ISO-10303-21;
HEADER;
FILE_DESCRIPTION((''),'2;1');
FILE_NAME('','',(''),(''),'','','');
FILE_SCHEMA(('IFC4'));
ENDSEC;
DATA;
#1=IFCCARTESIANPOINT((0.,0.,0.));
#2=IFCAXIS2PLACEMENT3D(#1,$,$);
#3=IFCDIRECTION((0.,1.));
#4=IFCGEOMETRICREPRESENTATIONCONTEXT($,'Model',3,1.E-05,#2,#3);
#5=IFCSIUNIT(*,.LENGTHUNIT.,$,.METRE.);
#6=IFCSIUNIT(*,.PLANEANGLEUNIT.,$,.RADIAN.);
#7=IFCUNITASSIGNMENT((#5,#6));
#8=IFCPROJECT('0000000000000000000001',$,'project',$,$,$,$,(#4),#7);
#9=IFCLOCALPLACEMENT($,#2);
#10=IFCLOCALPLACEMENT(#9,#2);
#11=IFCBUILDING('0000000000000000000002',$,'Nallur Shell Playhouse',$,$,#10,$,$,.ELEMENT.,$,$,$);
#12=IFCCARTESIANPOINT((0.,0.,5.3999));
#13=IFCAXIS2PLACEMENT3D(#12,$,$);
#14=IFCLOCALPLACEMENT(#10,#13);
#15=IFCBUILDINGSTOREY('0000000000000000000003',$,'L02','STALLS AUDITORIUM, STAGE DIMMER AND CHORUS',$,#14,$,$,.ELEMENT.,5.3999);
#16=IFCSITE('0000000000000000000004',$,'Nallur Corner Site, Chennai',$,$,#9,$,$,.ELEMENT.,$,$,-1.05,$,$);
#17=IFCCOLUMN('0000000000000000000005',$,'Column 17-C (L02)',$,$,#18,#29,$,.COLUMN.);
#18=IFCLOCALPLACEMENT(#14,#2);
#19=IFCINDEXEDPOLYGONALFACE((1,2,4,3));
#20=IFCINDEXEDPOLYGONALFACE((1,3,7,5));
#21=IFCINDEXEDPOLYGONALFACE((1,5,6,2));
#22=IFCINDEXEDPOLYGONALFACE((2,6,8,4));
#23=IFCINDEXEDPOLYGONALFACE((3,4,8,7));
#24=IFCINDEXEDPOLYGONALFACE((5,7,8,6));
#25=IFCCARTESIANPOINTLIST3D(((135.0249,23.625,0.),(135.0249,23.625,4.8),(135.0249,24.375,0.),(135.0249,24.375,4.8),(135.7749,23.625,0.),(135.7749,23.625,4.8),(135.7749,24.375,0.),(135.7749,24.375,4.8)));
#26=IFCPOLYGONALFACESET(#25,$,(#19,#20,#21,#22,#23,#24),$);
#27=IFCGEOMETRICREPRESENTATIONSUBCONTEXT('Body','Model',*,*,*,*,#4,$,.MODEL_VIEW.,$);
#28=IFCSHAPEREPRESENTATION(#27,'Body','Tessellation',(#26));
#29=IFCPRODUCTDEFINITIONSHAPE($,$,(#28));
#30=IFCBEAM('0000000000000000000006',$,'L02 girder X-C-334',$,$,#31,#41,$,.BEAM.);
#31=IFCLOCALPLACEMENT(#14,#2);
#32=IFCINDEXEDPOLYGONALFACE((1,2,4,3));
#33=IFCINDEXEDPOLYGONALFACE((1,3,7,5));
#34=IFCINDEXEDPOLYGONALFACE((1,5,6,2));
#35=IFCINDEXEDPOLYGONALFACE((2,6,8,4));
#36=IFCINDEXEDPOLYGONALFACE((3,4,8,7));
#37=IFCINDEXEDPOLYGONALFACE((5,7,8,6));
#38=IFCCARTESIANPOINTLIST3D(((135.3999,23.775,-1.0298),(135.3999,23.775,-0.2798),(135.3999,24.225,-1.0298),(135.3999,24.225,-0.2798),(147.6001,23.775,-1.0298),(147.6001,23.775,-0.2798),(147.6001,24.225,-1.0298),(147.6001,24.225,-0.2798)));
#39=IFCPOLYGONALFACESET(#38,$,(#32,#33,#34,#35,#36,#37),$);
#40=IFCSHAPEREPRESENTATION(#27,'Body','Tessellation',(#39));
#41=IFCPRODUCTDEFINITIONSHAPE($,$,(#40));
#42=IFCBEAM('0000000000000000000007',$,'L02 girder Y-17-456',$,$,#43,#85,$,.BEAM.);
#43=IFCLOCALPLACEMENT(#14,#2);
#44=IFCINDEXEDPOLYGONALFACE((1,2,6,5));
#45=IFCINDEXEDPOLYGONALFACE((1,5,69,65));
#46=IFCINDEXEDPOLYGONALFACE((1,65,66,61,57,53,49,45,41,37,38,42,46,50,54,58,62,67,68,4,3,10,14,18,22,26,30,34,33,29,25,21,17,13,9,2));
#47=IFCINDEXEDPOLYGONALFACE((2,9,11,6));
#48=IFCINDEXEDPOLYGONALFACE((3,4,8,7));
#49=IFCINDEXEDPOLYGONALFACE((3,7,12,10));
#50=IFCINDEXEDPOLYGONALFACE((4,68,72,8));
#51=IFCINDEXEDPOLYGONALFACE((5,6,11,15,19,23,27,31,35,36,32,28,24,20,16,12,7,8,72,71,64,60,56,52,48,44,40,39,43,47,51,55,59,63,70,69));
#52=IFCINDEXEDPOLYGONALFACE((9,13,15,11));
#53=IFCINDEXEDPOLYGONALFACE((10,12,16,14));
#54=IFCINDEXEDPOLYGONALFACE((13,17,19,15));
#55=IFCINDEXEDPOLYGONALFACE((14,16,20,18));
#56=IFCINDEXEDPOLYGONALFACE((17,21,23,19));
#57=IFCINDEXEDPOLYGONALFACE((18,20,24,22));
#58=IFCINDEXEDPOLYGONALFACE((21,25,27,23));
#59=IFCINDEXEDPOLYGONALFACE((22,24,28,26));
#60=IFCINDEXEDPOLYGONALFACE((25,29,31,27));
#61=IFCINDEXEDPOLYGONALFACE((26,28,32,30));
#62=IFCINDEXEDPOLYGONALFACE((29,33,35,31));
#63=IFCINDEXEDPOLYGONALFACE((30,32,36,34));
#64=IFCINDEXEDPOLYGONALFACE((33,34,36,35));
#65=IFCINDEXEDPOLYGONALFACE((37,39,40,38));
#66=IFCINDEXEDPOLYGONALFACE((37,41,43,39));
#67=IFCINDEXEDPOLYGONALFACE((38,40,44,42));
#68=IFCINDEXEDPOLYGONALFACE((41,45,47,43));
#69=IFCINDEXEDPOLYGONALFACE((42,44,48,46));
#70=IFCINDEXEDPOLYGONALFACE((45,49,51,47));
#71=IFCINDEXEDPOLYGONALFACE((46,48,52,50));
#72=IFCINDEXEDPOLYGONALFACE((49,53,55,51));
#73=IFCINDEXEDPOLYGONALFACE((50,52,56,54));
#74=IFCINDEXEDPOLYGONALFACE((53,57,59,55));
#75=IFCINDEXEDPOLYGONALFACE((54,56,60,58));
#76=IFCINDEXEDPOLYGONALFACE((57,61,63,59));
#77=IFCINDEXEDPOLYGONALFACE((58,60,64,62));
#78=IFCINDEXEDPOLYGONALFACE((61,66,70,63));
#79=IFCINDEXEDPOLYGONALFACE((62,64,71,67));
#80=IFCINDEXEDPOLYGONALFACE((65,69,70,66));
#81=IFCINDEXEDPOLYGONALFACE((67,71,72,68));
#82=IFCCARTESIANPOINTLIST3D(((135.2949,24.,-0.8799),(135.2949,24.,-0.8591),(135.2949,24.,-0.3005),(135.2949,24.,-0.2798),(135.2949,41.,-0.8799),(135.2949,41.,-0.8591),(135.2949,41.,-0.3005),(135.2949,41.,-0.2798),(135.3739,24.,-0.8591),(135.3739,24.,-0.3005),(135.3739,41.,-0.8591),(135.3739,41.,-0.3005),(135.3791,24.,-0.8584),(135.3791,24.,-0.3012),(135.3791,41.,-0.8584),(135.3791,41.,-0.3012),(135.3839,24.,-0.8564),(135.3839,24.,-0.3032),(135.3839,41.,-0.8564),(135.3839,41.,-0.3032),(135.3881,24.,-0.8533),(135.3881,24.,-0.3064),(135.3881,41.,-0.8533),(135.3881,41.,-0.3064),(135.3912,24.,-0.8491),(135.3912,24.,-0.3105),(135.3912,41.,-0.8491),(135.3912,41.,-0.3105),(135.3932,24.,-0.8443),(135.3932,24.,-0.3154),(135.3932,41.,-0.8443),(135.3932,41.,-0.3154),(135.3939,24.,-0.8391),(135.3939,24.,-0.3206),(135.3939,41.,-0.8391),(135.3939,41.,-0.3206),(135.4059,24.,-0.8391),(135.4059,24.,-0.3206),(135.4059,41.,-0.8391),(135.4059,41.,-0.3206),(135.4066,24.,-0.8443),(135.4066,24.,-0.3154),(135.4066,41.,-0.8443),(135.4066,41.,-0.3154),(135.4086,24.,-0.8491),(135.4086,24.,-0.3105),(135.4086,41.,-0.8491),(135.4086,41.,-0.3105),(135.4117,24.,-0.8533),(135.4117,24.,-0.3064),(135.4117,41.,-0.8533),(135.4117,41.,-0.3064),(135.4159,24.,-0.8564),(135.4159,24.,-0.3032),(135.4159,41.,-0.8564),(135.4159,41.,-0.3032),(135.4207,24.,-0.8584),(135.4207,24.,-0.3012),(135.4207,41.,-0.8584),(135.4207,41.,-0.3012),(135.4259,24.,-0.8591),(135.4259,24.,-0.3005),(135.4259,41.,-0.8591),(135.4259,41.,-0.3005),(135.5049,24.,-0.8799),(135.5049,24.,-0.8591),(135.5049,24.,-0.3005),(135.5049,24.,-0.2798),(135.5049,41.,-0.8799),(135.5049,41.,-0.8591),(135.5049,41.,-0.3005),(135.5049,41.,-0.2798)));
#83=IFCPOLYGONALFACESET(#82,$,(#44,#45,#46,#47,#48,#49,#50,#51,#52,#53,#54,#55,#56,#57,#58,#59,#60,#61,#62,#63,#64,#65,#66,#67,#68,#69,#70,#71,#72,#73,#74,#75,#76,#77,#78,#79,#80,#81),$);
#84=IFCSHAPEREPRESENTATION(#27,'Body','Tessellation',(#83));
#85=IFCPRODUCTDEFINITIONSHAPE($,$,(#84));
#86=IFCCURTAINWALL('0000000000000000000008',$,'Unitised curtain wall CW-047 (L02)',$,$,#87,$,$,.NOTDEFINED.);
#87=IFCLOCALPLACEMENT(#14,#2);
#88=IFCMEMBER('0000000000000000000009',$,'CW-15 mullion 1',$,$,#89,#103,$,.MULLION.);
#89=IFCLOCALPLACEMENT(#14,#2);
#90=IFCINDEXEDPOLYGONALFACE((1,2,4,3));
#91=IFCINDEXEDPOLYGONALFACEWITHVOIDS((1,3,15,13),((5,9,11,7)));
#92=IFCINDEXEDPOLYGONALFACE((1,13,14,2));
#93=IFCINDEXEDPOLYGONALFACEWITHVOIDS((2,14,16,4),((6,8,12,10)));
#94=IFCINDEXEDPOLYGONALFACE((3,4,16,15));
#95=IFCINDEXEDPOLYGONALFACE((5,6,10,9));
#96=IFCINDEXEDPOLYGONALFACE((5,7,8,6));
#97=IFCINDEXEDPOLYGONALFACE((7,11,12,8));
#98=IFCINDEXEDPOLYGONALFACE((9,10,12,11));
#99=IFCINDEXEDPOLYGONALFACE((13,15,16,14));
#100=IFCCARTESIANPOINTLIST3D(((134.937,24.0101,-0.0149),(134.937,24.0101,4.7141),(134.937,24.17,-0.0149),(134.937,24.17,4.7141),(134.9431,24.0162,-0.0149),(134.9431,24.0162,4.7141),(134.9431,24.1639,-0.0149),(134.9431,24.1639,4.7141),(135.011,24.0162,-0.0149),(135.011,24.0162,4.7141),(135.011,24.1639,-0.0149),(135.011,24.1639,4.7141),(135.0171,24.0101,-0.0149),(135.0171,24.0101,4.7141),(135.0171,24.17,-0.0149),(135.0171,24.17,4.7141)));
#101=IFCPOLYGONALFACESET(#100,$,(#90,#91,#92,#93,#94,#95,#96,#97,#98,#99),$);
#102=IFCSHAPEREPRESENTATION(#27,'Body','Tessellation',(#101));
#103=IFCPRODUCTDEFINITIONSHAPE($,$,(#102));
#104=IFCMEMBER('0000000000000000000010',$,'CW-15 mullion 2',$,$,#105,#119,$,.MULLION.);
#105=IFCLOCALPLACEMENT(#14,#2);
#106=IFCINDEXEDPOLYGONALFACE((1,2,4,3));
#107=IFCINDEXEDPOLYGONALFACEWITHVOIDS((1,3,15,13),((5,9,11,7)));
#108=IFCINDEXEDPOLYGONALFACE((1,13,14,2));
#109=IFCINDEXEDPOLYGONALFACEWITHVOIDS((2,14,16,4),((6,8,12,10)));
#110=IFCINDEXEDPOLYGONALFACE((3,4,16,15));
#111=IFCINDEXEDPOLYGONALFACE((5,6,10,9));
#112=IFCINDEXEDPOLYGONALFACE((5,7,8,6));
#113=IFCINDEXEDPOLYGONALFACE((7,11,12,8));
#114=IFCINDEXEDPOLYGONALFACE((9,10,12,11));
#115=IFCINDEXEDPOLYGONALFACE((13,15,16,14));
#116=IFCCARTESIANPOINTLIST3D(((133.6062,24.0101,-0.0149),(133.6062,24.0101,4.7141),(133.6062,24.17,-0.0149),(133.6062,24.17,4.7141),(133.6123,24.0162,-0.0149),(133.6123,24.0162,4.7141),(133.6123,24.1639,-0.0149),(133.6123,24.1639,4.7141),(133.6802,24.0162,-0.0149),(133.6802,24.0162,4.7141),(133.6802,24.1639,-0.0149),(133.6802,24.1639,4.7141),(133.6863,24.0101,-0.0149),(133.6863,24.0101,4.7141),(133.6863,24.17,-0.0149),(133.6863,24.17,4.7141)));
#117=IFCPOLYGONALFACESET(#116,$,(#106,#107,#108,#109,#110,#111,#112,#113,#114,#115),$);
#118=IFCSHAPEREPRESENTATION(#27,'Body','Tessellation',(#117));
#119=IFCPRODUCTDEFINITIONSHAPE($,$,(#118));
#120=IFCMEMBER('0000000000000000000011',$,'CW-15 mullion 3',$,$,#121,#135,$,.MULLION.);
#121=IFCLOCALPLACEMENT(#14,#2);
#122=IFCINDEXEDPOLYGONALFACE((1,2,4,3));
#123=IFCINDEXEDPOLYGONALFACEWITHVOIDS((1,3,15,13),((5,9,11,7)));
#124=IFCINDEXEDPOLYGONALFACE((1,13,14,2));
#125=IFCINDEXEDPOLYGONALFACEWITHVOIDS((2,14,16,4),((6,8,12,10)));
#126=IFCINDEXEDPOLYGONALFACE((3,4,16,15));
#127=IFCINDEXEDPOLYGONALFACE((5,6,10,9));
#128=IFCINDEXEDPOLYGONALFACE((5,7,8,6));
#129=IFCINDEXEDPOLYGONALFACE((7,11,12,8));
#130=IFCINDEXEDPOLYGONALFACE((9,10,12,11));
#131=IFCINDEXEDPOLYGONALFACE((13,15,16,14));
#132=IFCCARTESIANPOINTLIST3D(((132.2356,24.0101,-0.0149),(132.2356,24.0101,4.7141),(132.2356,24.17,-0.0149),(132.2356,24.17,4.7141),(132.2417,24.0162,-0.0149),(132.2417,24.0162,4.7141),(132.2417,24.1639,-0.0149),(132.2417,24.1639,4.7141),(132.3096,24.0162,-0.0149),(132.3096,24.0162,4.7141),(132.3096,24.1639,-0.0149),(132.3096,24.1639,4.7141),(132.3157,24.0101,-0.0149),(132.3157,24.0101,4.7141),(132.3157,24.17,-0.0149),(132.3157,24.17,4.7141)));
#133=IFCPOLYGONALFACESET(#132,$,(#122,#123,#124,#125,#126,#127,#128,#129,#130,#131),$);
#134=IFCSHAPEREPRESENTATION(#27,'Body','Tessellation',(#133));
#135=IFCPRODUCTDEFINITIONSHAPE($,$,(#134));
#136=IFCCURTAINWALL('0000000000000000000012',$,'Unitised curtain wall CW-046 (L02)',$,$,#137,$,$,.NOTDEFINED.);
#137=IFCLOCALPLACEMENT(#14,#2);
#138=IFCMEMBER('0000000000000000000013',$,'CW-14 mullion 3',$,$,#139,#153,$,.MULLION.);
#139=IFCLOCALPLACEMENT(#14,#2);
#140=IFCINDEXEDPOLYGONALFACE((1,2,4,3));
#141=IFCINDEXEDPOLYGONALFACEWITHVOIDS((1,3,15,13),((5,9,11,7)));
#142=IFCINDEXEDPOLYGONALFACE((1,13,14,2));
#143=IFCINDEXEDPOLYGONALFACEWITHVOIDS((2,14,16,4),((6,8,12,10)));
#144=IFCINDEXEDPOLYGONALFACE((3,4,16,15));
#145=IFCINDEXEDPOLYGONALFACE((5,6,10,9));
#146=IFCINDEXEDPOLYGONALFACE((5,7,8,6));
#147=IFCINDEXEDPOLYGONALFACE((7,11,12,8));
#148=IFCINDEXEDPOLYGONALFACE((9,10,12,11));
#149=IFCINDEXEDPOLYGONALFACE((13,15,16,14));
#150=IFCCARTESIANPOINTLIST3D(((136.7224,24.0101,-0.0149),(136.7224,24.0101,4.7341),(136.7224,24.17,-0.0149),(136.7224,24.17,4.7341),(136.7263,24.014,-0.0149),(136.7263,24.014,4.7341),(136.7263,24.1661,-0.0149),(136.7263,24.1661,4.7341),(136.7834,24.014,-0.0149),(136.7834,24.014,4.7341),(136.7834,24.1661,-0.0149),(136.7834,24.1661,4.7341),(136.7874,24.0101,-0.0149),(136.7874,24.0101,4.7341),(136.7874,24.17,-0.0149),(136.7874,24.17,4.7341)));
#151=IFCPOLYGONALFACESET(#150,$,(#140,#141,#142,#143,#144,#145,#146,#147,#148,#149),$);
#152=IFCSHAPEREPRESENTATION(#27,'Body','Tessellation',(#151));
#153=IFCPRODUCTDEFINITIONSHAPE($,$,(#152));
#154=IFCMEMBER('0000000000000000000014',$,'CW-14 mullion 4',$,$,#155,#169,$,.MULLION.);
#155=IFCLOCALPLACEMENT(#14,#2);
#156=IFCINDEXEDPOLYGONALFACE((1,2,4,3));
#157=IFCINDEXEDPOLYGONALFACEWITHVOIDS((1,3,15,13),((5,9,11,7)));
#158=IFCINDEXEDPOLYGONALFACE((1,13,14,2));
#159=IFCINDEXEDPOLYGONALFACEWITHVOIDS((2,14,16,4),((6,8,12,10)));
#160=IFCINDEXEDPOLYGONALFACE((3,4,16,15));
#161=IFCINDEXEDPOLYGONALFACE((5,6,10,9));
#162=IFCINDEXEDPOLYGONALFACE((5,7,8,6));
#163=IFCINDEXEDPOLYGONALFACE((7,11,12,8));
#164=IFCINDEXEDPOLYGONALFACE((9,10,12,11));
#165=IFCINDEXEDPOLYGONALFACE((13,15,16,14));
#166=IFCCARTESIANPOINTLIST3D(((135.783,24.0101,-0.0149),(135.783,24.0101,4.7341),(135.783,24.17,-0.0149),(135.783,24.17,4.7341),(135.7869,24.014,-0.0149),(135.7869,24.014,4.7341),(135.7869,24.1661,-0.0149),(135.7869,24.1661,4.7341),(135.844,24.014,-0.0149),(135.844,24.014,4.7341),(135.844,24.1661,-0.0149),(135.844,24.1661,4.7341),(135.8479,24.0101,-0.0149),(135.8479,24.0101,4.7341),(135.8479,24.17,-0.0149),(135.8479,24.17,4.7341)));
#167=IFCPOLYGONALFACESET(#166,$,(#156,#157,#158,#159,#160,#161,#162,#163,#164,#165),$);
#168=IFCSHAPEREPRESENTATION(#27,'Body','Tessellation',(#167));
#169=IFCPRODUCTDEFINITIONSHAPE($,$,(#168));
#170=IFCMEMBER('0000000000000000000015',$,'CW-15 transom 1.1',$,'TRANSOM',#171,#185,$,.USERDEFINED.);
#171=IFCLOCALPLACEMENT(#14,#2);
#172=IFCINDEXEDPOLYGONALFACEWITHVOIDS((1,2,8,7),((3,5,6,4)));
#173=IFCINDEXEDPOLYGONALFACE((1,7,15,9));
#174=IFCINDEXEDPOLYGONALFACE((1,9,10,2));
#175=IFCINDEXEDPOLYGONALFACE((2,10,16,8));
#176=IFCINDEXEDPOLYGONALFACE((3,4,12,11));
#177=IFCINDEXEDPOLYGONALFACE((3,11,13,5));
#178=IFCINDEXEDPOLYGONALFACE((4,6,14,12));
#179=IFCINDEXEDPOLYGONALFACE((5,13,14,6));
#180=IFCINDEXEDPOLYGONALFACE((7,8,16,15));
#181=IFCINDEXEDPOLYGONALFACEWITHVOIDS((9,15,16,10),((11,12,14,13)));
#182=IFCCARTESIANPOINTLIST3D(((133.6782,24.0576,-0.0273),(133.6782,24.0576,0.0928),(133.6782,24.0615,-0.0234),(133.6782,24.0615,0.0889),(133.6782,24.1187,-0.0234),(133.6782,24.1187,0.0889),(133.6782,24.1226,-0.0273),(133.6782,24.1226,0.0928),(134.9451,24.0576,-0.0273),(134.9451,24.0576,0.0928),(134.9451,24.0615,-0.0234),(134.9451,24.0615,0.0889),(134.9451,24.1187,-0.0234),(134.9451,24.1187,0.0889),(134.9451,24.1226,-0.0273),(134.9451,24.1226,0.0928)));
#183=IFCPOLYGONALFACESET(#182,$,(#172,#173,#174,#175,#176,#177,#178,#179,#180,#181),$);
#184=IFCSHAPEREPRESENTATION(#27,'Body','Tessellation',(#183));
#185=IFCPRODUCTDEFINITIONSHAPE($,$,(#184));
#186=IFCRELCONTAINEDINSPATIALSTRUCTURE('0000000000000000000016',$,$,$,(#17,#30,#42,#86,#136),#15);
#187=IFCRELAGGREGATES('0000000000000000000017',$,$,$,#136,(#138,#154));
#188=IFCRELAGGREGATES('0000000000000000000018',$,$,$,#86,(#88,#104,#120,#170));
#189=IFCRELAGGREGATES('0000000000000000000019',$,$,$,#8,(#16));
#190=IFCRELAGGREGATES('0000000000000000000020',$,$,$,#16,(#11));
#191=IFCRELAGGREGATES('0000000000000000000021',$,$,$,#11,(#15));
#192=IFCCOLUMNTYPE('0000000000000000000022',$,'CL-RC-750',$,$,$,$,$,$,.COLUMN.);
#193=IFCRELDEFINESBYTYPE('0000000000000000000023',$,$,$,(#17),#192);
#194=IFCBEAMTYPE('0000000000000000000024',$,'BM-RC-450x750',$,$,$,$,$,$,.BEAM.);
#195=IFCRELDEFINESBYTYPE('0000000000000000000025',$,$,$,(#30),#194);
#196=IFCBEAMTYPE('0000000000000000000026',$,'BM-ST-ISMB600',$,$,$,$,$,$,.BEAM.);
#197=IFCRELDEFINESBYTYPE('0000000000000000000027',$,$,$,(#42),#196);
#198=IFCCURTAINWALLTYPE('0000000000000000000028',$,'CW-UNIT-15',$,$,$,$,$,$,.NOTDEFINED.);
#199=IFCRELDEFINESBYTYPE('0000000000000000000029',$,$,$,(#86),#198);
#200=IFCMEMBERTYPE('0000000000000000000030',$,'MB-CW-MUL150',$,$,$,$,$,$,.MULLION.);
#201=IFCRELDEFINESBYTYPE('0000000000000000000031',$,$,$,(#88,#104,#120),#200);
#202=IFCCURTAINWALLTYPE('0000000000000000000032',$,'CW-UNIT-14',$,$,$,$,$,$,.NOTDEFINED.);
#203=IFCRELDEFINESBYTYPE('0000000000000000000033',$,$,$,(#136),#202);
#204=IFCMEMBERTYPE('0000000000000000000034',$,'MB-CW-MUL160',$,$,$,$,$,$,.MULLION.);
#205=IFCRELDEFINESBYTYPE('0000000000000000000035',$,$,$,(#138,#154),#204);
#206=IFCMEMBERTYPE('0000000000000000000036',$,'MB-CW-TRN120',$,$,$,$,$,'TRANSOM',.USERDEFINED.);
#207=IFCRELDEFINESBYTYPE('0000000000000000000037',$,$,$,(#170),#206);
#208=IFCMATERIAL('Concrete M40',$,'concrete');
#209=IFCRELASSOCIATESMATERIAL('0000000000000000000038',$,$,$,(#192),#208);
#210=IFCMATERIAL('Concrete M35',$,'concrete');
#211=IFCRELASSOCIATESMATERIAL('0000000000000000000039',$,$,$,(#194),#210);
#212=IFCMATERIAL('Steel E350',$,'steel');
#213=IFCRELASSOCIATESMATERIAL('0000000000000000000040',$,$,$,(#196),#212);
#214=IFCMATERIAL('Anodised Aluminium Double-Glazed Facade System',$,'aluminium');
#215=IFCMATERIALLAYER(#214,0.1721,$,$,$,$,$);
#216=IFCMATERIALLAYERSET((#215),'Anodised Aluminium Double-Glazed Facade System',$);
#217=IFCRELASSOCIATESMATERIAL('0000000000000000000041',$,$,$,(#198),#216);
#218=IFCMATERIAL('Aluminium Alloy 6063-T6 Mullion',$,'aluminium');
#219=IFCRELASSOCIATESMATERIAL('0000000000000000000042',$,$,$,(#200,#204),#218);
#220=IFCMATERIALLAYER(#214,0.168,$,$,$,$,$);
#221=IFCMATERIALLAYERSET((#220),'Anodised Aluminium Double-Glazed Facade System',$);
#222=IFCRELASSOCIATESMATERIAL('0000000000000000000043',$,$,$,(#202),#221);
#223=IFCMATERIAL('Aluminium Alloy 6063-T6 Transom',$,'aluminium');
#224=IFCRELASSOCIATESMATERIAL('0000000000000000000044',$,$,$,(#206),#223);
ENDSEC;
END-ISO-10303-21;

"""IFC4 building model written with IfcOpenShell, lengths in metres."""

from ifc_helpers import new_model, si_unit, direction, frame, origin, origin_2d, place, context, subcontext, project, spatial, rectangle, hollow_rectangle, i_section, extrude, material, layer, layer_set, material_profile, profile_set, type_object, element, aggregate, save


model = new_model("IFC4")

# Units and contexts
model_context = context("Model", 3, precision=1e-05, world=origin(), true_north=direction((0.0, 1.0)))
body_context = subcontext(model_context, "Body", "Model", "MODEL_VIEW")
ifc_project = project(units=[si_unit("LENGTHUNIT", "METRE"), si_unit("PLANEANGLEUNIT", "RADIAN")], contexts=[model_context])

# Site, building, storey
site_placement = place(None, origin())
site = spatial("IfcSite", under=ifc_project, at=site_placement, Name="Nallur Corner Site, Chennai", CompositionType="ELEMENT", RefElevation=-1.05)
building_placement = place(site_placement, origin())
building = spatial("IfcBuilding", under=site, at=building_placement, Name="Nallur Shell Playhouse", CompositionType="ELEMENT")
storey_placement = place(building_placement, frame((0.0, 0.0, 5.3999)))
storey = spatial("IfcBuildingStorey", under=building, at=storey_placement, Name="L02", Description="STALLS AUDITORIUM, STAGE DIMMER AND CHORUS", CompositionType="ELEMENT", Elevation=5.3999)

# Column
ifc_material_1 = material(Name="Concrete M40", Category="concrete")
ifc_material_profile_1 = material_profile(ifc_material_1, rectangle(XDim=0.75, YDim=0.75, at=origin_2d()), Name="RC 750x750")
ifc_profile_set_1 = profile_set([ifc_material_profile_1], Name="Concrete M40")
column_type = type_object("IfcColumnType", Name="CL-RC-750", PredefinedType="COLUMN", material=ifc_profile_set_1)
column_placement = place(storey_placement, frame((135.3999, 24.0, 0.0), z_axis=(0.0, 0.0, 1.0), x_axis=(1.0, 0.0, 0.0)))
element("IfcColumn", 1, at=column_placement, inside=storey, type_object=column_type, Name="Column 17-C (L02)", PredefinedType="COLUMN", context=body_context, shape_type="SweptSolid", body=[
    extrude(rectangle(XDim=0.75, YDim=0.75, at=origin_2d()), origin(), (0.0, 0.0, 1.0), 4.8),
])

# Beams
ifc_material_2 = material(Name="Concrete M35", Category="concrete")
ifc_material_profile_2 = material_profile(ifc_material_2, rectangle(XDim=0.45, YDim=0.75, at=origin_2d()), Name="RC 450x750")
ifc_profile_set_2 = profile_set([ifc_material_profile_2], Name="Concrete M35")
beam_type_1 = type_object("IfcBeamType", Name="BM-RC-450x750", PredefinedType="BEAM", material=ifc_profile_set_2)
beam_1_placement = place(storey_placement, frame((135.3999, 24.0, -0.6548), z_axis=(1.0, 0.0, 0.0), x_axis=(0.0, 1.0, 0.0)))
element("IfcBeam", 2, at=beam_1_placement, inside=storey, type_object=beam_type_1, Name="L02 girder X-C-334", PredefinedType="BEAM", context=body_context, shape_type="SweptSolid", body=[
    extrude(rectangle(XDim=0.45, YDim=0.75, at=origin_2d()), origin(), (0.0, 0.0, 1.0), 12.2002),
])
ifc_material_3 = material(Name="Steel E350", Category="steel")
ifc_material_profile_3 = material_profile(ifc_material_3, i_section(OverallWidth=0.21, OverallDepth=0.6001, WebThickness=0.012, FlangeThickness=0.0208, FilletRadius=0.02, at=origin_2d()), Name="ISMB 600")
ifc_profile_set_3 = profile_set([ifc_material_profile_3], Name="Steel E350")
beam_type_2 = type_object("IfcBeamType", Name="BM-ST-ISMB600", PredefinedType="BEAM", material=ifc_profile_set_3)
beam_2_placement = place(storey_placement, frame((135.3999, 24.0, -0.5798), z_axis=(0.0, 1.0, 0.0), x_axis=(-1.0, 0.0, 0.0)))
element("IfcBeam", 3, at=beam_2_placement, inside=storey, type_object=beam_type_2, Name="L02 girder Y-17-456", PredefinedType="BEAM", context=body_context, shape_type="SweptSolid", body=[
    extrude(i_section(OverallWidth=0.21, OverallDepth=0.6001, WebThickness=0.012, FlangeThickness=0.0208, FilletRadius=0.02, at=origin_2d()), origin(), (0.0, 0.0, 1.0), 17.0),
])

# Curtain walls, members
ifc_material_4 = material(Name="Anodised Aluminium Double-Glazed Facade System", Category="aluminium")
ifc_layer_1 = layer(ifc_material_4, 0.1721)
ifc_layer_set_1 = layer_set([ifc_layer_1], Name="Anodised Aluminium Double-Glazed Facade System")
curtain_wall_type_1 = type_object("IfcCurtainWallType", Name="CW-UNIT-15", PredefinedType="NOTDEFINED", material=ifc_layer_set_1)
curtain_wall_1_placement = place(storey_placement, origin())
curtain_wall_1 = element("IfcCurtainWall", 4, at=curtain_wall_1_placement, inside=storey, type_object=curtain_wall_type_1, Name="Unitised curtain wall CW-047 (L02)", PredefinedType="NOTDEFINED")
ifc_material_5 = material(Name="Aluminium Alloy 6063-T6 Mullion", Category="aluminium")
ifc_material_profile_4 = material_profile(ifc_material_5, hollow_rectangle(XDim=0.0801, YDim=0.1599, WallThickness=0.0061, at=origin_2d()), Name="RHS 160x80x6")
ifc_profile_set_4 = profile_set([ifc_material_profile_4], Name="Aluminium Alloy 6063-T6 Mullion")
member_type_1 = type_object("IfcMemberType", Name="MB-CW-MUL150", PredefinedType="MULLION", material=ifc_profile_set_4)
member_1_placement = place(storey_placement, frame((134.9771, 24.0901, -0.0149), z_axis=(0.0, 0.0, 1.0), x_axis=(-1.0, 0.0, 0.0)))
member_1 = element("IfcMember", 5, at=member_1_placement, type_object=member_type_1, Name="CW-15 mullion 1", PredefinedType="MULLION", context=body_context, shape_type="SweptSolid", body=[
    extrude(hollow_rectangle(XDim=0.0801, YDim=0.1599, WallThickness=0.0061, at=origin_2d()), origin(), (0.0, 0.0, 1.0), 4.729),
])
member_2_placement = place(storey_placement, frame((133.6462, 24.0901, -0.0149), z_axis=(0.0, 0.0, 1.0), x_axis=(-1.0, 0.0, 0.0)))
member_2 = element("IfcMember", 6, at=member_2_placement, type_object=member_type_1, Name="CW-15 mullion 2", PredefinedType="MULLION", context=body_context, shape_type="SweptSolid", body=[
    extrude(hollow_rectangle(XDim=0.0801, YDim=0.1599, WallThickness=0.0061, at=origin_2d()), origin(), (0.0, 0.0, 1.0), 4.729),
])
member_3_placement = place(storey_placement, frame((132.2756, 24.0901, -0.0149), z_axis=(0.0, 0.0, 1.0), x_axis=(-1.0, 0.0, 0.0)))
member_3 = element("IfcMember", 7, at=member_3_placement, type_object=member_type_1, Name="CW-15 mullion 3", PredefinedType="MULLION", context=body_context, shape_type="SweptSolid", body=[
    extrude(hollow_rectangle(XDim=0.0801, YDim=0.1599, WallThickness=0.0061, at=origin_2d()), origin(), (0.0, 0.0, 1.0), 4.729),
])
ifc_layer_2 = layer(ifc_material_4, 0.168)
ifc_layer_set_2 = layer_set([ifc_layer_2], Name="Anodised Aluminium Double-Glazed Facade System")
curtain_wall_type_2 = type_object("IfcCurtainWallType", Name="CW-UNIT-14", PredefinedType="NOTDEFINED", material=ifc_layer_set_2)
curtain_wall_2_placement = place(storey_placement, origin())
curtain_wall_2 = element("IfcCurtainWall", 8, at=curtain_wall_2_placement, inside=storey, type_object=curtain_wall_type_2, Name="Unitised curtain wall CW-046 (L02)", PredefinedType="NOTDEFINED")
ifc_material_profile_5 = material_profile(ifc_material_5, hollow_rectangle(XDim=0.0649, YDim=0.1599, WallThickness=0.0039, at=origin_2d()), Name="ALU 65x160x4")
ifc_profile_set_5 = profile_set([ifc_material_profile_5], Name="Aluminium Alloy 6063-T6 Mullion")
member_type_2 = type_object("IfcMemberType", Name="MB-CW-MUL160", PredefinedType="MULLION", material=ifc_profile_set_5)
member_4_placement = place(storey_placement, frame((136.7549, 24.0901, -0.0149), z_axis=(0.0, 0.0, 1.0), x_axis=(-1.0, 0.0, 0.0)))
member_4 = element("IfcMember", 9, at=member_4_placement, type_object=member_type_2, Name="CW-14 mullion 3", PredefinedType="MULLION", context=body_context, shape_type="SweptSolid", body=[
    extrude(hollow_rectangle(XDim=0.0649, YDim=0.1599, WallThickness=0.0039, at=origin_2d()), origin(), (0.0, 0.0, 1.0), 4.749),
])
member_5_placement = place(storey_placement, frame((135.8154, 24.0901, -0.0149), z_axis=(0.0, 0.0, 1.0), x_axis=(-1.0, 0.0, 0.0)))
member_5 = element("IfcMember", 10, at=member_5_placement, type_object=member_type_2, Name="CW-14 mullion 4", PredefinedType="MULLION", context=body_context, shape_type="SweptSolid", body=[
    extrude(hollow_rectangle(XDim=0.0649, YDim=0.1599, WallThickness=0.0039, at=origin_2d()), origin(), (0.0, 0.0, 1.0), 4.749),
])

# Member
ifc_material_6 = material(Name="Aluminium Alloy 6063-T6 Transom", Category="aluminium")
ifc_material_profile_6 = material_profile(ifc_material_6, hollow_rectangle(XDim=0.0649, YDim=0.1201, WallThickness=0.0039, at=origin_2d()), Name="ALU 65x120x4")
ifc_profile_set_6 = profile_set([ifc_material_profile_6], Name="Aluminium Alloy 6063-T6 Transom")
member_type_3 = type_object("IfcMemberType", Name="MB-CW-TRN120", ElementType="TRANSOM", PredefinedType="USERDEFINED", material=ifc_profile_set_6)
member_6_placement = place(storey_placement, frame((134.9451, 24.0901, 0.0327), z_axis=(-1.0, 0.0, 0.0), x_axis=(0.0, -1.0, 0.0)))
member_6 = element("IfcMember", 11, at=member_6_placement, type_object=member_type_3, Name="CW-15 transom 1.1", ObjectType="TRANSOM", PredefinedType="USERDEFINED", context=body_context, shape_type="SweptSolid", body=[
    extrude(hollow_rectangle(XDim=0.0649, YDim=0.1201, WallThickness=0.0039, at=origin_2d()), origin(), (0.0, 0.0, 1.0), 1.2668),
])

aggregate(curtain_wall_2, [member_4, member_5])
aggregate(curtain_wall_1, [member_1, member_2, member_3, member_6])

save(model, "model.ifc")
